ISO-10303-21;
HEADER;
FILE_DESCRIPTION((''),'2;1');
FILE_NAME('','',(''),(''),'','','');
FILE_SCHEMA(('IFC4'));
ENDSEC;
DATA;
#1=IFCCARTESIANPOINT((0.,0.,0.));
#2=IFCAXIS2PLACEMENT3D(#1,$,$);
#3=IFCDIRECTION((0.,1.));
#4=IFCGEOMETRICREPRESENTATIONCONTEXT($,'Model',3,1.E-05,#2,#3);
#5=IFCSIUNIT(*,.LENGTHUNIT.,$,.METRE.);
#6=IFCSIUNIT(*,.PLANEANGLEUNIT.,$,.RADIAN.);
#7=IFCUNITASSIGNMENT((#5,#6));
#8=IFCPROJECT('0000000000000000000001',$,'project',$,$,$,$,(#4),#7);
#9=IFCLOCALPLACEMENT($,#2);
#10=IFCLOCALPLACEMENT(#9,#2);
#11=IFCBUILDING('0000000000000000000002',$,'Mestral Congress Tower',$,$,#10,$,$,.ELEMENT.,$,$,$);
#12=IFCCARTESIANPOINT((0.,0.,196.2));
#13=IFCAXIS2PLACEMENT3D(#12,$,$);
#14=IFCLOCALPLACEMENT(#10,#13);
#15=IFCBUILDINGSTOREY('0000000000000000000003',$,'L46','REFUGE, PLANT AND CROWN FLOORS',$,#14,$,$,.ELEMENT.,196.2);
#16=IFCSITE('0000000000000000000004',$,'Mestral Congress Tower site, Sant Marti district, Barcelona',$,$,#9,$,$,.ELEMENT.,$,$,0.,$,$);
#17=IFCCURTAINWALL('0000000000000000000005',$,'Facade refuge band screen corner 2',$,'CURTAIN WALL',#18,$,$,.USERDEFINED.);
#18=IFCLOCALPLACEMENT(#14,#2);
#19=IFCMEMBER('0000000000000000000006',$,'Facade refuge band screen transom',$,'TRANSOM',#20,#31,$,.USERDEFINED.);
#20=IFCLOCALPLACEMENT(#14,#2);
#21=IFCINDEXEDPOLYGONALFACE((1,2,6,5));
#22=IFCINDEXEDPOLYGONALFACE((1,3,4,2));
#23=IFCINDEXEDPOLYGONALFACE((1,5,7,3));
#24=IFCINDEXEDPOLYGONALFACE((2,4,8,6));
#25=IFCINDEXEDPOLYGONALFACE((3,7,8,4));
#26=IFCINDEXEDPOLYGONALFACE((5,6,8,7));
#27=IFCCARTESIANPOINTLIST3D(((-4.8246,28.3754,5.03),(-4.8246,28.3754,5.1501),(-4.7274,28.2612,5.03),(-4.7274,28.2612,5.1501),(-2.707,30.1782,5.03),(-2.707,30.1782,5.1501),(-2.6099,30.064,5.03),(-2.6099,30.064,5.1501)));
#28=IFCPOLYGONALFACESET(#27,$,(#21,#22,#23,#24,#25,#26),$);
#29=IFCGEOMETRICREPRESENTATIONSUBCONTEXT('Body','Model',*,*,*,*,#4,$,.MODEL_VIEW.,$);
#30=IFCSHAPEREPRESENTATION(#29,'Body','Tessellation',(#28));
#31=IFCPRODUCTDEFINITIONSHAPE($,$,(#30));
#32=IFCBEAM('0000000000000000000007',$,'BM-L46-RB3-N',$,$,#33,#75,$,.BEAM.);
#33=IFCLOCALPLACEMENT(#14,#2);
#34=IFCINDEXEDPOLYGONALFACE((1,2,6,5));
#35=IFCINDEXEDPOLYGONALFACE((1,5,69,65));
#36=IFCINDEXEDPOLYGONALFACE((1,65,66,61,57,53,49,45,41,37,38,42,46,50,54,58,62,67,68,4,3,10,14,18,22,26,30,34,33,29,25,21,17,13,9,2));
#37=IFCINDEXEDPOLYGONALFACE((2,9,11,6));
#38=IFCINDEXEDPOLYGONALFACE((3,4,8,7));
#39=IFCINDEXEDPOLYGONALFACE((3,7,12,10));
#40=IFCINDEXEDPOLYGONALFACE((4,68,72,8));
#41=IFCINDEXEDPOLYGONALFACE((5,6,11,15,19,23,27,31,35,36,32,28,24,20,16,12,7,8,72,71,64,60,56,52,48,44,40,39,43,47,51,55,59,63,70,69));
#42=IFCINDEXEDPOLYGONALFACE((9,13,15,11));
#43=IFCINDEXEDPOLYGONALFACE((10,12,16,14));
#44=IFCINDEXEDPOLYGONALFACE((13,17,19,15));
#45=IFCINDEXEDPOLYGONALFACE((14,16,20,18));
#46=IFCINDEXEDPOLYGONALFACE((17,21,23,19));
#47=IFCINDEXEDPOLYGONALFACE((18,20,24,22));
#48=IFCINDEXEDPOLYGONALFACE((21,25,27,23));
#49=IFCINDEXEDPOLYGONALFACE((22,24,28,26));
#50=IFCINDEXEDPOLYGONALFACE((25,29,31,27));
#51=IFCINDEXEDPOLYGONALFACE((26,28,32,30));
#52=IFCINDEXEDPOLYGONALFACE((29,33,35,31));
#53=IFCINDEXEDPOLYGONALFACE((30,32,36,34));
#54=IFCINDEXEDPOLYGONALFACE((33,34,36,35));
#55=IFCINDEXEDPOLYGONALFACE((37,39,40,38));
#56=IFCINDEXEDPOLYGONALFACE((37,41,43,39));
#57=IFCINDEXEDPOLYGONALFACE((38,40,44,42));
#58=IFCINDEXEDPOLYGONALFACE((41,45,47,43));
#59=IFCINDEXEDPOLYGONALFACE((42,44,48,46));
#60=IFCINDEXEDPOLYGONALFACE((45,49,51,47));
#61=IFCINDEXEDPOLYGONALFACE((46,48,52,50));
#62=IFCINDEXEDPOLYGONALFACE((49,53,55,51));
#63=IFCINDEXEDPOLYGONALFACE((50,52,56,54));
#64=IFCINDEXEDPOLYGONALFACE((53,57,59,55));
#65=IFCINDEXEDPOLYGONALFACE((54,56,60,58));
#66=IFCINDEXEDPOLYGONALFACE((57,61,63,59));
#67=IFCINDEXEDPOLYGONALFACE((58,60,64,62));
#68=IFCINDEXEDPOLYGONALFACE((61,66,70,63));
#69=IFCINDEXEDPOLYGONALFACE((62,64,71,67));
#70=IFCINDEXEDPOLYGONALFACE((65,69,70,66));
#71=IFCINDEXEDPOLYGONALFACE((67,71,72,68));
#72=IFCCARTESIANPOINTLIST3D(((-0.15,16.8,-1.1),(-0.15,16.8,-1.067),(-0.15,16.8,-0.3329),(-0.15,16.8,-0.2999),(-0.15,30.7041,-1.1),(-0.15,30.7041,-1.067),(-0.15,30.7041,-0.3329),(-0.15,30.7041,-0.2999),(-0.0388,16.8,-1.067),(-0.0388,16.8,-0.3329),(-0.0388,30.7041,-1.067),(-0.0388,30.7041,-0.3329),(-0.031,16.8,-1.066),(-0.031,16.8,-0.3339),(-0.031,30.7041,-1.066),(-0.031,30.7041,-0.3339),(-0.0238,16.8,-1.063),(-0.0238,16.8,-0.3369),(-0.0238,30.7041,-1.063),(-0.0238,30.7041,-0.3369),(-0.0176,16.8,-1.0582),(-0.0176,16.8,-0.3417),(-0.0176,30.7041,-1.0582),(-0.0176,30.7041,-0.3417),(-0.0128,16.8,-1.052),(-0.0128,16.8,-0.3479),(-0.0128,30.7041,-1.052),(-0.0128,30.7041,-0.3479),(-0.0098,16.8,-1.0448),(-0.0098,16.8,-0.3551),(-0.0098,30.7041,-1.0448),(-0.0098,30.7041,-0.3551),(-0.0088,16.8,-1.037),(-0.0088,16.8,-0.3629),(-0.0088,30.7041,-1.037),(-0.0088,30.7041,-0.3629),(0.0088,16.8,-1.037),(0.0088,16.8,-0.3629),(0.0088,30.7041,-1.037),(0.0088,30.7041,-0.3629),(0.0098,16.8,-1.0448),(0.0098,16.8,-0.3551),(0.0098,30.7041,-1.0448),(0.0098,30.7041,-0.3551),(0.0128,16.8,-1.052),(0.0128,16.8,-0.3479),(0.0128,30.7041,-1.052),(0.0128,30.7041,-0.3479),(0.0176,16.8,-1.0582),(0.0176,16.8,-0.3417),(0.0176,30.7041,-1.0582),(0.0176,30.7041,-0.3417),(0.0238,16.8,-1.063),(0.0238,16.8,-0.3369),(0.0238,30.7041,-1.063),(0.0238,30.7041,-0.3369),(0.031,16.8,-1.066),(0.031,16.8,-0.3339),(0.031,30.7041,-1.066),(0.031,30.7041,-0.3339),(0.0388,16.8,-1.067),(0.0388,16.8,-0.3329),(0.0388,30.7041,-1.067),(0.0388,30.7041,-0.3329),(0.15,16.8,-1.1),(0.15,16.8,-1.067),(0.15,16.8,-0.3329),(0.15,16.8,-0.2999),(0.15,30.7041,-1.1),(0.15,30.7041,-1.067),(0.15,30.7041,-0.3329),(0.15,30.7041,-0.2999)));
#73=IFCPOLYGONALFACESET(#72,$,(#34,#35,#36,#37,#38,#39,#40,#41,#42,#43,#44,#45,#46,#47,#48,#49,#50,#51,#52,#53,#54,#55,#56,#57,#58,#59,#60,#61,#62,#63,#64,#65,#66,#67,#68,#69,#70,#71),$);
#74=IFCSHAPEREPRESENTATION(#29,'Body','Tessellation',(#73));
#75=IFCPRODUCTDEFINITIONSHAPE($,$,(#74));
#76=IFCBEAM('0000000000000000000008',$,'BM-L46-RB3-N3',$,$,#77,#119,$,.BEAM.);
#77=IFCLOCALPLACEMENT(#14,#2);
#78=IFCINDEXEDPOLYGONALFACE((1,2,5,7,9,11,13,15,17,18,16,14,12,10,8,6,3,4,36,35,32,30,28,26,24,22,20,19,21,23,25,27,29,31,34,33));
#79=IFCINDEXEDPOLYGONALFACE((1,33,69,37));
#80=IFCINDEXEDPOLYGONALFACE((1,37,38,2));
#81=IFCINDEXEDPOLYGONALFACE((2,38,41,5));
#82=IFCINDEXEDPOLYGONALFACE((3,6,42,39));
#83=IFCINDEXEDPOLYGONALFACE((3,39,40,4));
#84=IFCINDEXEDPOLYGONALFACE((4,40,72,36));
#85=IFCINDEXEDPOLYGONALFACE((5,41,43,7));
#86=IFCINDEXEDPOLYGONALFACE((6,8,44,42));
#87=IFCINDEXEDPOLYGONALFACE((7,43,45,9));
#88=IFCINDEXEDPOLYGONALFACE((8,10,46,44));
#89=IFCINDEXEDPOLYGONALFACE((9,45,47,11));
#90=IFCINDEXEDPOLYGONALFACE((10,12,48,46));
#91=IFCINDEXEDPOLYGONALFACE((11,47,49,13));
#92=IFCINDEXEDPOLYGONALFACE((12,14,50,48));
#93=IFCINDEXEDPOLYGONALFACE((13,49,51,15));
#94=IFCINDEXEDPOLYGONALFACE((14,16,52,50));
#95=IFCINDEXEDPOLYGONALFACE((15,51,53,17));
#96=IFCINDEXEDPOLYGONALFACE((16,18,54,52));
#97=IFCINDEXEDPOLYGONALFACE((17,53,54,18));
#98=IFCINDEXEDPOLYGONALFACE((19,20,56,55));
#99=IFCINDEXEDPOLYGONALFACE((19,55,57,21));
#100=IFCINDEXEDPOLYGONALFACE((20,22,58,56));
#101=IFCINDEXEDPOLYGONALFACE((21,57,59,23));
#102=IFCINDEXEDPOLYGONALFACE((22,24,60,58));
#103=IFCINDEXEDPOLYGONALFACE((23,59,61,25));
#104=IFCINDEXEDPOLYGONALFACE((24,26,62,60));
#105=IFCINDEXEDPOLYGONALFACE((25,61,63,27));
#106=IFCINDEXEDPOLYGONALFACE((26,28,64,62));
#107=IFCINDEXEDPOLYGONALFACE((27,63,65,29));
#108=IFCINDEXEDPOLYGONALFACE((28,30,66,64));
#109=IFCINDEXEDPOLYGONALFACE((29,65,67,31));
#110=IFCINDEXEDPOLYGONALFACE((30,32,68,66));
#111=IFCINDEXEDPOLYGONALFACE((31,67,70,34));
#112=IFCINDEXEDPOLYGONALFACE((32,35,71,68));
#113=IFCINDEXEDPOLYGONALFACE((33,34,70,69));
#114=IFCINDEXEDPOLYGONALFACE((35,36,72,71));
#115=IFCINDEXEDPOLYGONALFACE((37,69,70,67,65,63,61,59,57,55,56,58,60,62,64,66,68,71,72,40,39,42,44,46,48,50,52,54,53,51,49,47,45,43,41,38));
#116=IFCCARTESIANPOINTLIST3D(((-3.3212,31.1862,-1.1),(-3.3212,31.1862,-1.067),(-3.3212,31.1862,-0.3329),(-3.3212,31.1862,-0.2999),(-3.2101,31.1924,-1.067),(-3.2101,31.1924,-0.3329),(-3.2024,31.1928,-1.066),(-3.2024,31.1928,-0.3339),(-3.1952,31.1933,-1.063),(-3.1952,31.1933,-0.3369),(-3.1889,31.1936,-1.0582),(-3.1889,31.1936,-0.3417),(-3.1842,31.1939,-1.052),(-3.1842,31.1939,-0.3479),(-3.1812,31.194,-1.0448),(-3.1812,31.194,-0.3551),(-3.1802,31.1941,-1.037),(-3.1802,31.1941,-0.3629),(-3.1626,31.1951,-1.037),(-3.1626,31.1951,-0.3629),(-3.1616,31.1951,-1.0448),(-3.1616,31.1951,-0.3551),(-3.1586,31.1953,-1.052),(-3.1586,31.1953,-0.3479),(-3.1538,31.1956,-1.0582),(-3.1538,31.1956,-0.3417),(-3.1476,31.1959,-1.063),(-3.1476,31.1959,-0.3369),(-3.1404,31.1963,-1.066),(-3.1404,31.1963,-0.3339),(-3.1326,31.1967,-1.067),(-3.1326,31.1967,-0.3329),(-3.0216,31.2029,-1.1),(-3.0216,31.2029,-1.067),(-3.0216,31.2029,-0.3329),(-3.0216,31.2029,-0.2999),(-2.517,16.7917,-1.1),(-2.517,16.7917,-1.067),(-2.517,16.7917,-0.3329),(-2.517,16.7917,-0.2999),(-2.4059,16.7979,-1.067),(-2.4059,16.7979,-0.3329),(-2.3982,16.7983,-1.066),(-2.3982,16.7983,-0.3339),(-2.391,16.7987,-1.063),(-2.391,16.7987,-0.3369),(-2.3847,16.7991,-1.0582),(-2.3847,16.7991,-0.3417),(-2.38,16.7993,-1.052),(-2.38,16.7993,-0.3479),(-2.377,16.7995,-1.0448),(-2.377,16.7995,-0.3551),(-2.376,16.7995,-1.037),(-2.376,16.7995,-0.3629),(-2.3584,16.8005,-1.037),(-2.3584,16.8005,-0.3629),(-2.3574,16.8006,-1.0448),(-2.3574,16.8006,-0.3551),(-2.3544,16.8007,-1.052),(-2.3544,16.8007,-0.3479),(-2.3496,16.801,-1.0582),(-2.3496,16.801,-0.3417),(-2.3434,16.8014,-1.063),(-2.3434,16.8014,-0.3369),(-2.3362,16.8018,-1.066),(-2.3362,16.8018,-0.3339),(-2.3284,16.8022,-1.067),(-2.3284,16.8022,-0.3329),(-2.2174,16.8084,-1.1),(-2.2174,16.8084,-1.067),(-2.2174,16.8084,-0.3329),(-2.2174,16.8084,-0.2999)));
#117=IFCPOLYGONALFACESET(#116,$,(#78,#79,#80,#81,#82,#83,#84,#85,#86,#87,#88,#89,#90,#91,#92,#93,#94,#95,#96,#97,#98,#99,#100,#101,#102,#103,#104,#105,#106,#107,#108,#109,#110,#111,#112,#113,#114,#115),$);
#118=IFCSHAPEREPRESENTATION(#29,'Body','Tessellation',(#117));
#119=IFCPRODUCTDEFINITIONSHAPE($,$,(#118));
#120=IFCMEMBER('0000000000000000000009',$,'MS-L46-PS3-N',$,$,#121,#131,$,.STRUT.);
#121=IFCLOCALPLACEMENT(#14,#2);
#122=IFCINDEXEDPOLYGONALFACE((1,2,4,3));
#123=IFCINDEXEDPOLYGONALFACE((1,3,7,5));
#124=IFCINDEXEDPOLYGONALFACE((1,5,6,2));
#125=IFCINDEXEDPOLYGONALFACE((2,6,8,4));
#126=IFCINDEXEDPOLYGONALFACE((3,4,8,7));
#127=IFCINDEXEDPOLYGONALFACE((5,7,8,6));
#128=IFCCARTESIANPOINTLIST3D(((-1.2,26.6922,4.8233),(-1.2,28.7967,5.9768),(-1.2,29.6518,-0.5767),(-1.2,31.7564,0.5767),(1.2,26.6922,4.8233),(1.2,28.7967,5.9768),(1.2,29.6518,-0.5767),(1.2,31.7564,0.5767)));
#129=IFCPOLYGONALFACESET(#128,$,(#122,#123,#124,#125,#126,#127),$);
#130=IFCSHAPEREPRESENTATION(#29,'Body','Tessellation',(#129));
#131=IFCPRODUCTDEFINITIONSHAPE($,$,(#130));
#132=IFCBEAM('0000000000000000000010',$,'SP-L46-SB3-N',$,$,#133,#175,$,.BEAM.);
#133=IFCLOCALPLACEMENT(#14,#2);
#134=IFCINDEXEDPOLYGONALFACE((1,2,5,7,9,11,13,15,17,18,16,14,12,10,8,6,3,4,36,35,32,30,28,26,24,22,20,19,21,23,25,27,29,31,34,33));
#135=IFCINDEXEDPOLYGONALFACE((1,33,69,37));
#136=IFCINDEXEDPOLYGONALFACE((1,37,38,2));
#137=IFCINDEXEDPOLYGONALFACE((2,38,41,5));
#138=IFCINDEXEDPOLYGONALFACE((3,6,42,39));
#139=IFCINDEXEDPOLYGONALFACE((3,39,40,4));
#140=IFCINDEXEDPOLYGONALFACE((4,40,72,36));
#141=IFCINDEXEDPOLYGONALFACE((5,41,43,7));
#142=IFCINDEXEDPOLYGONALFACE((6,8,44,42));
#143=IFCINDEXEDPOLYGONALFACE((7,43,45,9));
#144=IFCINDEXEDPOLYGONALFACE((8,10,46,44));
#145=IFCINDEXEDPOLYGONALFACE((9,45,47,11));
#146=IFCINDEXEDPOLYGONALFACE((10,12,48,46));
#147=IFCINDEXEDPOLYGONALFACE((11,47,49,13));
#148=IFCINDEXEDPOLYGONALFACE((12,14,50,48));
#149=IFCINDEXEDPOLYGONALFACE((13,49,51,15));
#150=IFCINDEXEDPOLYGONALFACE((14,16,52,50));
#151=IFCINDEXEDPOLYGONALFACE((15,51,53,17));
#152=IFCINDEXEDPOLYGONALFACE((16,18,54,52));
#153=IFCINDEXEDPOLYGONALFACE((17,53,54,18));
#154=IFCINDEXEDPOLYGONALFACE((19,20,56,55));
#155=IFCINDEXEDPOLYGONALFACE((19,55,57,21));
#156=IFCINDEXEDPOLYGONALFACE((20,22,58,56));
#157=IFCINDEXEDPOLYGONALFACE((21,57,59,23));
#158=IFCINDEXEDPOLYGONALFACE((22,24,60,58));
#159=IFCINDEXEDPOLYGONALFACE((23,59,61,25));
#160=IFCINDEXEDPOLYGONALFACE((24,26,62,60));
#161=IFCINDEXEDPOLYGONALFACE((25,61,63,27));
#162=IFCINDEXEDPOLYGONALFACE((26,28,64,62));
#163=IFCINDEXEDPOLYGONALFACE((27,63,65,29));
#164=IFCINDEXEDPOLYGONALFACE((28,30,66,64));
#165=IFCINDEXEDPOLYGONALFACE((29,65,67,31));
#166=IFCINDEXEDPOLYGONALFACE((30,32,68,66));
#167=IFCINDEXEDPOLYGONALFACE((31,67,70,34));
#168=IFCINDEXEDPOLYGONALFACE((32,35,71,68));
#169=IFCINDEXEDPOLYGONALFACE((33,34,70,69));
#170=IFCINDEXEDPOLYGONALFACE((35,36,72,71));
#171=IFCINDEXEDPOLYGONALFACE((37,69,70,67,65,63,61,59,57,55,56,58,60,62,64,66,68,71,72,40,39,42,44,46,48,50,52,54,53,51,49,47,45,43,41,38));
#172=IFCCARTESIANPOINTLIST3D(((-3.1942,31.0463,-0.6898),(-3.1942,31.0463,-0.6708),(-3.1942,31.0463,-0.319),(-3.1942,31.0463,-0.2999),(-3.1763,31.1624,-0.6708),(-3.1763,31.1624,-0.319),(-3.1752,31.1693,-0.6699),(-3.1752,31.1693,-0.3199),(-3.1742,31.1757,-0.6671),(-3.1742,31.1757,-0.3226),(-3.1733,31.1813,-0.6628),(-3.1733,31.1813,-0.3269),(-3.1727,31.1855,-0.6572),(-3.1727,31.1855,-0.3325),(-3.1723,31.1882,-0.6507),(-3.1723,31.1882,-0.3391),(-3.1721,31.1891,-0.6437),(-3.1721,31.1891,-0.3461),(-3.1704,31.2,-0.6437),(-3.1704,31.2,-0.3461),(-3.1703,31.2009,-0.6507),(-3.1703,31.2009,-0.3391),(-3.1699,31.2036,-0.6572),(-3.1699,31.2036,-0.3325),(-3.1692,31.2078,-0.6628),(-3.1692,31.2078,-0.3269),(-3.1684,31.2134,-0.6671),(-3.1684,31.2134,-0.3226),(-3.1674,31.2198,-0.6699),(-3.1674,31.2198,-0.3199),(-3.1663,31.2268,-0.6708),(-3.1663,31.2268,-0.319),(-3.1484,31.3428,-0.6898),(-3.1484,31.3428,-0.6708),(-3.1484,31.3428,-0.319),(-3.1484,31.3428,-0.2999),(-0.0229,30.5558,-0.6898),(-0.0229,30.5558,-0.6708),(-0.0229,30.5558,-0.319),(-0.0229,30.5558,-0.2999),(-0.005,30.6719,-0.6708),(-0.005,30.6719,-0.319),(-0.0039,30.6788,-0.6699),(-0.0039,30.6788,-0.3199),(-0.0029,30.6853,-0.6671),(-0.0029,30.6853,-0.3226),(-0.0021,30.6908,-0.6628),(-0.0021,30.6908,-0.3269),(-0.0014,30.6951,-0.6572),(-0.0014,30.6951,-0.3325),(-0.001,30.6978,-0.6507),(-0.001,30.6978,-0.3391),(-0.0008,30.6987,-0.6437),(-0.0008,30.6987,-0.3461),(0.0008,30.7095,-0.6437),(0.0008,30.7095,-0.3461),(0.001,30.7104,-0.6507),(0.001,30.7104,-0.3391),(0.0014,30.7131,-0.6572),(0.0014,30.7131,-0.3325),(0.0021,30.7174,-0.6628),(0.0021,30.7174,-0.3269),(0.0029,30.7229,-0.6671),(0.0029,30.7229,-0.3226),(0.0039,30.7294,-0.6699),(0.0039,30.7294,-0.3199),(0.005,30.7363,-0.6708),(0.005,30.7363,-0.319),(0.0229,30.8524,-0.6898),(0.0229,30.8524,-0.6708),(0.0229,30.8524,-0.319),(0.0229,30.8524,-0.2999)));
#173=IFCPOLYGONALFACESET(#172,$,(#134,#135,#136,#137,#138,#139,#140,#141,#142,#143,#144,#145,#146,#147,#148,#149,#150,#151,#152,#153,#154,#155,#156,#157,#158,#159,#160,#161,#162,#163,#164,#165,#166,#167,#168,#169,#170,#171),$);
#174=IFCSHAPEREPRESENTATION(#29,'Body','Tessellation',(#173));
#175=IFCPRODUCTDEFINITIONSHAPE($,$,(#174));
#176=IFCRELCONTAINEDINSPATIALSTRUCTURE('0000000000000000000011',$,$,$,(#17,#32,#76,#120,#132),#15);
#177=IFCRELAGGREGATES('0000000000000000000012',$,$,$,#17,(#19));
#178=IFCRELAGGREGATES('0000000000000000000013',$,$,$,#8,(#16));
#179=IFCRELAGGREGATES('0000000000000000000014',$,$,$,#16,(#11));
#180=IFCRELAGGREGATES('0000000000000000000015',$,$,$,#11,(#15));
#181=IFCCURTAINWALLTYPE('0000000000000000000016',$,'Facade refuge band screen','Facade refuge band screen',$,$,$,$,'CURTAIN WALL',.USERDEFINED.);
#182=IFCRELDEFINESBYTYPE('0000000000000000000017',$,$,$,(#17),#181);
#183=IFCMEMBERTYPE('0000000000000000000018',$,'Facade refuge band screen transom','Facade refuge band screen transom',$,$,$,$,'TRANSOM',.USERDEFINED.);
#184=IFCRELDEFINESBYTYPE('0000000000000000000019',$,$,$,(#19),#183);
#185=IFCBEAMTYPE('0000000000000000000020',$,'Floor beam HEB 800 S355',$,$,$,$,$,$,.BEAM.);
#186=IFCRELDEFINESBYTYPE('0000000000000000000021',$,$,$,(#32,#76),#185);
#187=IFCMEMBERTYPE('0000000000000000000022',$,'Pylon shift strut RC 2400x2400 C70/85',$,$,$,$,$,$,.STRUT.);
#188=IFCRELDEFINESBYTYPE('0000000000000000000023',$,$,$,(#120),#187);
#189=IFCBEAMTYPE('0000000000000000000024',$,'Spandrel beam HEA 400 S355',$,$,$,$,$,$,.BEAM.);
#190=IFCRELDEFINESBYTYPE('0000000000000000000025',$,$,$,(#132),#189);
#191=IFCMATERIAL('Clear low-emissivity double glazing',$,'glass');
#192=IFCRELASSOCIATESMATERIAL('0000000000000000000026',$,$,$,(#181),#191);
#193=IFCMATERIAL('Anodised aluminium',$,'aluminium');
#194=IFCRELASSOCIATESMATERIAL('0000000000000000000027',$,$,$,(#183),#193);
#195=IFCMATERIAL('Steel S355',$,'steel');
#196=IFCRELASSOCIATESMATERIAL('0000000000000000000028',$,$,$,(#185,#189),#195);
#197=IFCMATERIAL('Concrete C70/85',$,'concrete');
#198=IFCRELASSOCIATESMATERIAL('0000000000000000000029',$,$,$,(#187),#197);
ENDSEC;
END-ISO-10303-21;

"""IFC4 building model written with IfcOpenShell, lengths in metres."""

from ifc_helpers import new_model, si_unit, direction, frame, origin, origin_2d, place, context, subcontext, project, spatial, rectangle, i_section, extrude, material, material_profile, profile_set, type_object, element, aggregate, save


model = new_model("IFC4")

# Units and contexts
model_context = context("Model", 3, precision=1e-05, world=origin(), true_north=direction((0.0, 1.0)))
body_context = subcontext(model_context, "Body", "Model", "MODEL_VIEW")
ifc_project = project(units=[si_unit("LENGTHUNIT", "METRE"), si_unit("PLANEANGLEUNIT", "RADIAN")], contexts=[model_context])

# Site, building, storey
site_placement = place(None, origin())
site = spatial("IfcSite", under=ifc_project, at=site_placement, Name="Mestral Congress Tower site, Sant Marti district, Barcelona", CompositionType="ELEMENT", RefElevation=0.0)
building_placement = place(site_placement, origin())
building = spatial("IfcBuilding", under=site, at=building_placement, Name="Mestral Congress Tower", CompositionType="ELEMENT")
storey_placement = place(building_placement, frame((0.0, 0.0, 196.2)))
storey = spatial("IfcBuildingStorey", under=building, at=storey_placement, Name="L46", Description="REFUGE, PLANT AND CROWN FLOORS", CompositionType="ELEMENT", Elevation=196.2)

# Shared definitions
ifc_material_1 = material(Name="Steel S355", Category="steel")

# Curtain wall, member
ifc_material_2 = material(Name="Clear low-emissivity double glazing", Category="glass")
curtain_wall_type = type_object("IfcCurtainWallType", Name="Facade refuge band screen", Description="Facade refuge band screen", ElementType="CURTAIN WALL", PredefinedType="USERDEFINED", material=ifc_material_2)
curtain_wall_placement = place(storey_placement, origin())
curtain_wall = element("IfcCurtainWall", 1, at=curtain_wall_placement, inside=storey, type_object=curtain_wall_type, Name="Facade refuge band screen corner 2", ObjectType="CURTAIN WALL", PredefinedType="USERDEFINED")
ifc_material_3 = material(Name="Anodised aluminium", Category="aluminium")
ifc_material_profile_1 = material_profile(ifc_material_3, rectangle(XDim=0.1499, YDim=0.1201, at=origin_2d()), Name="CW3 transom 150 x 120")
ifc_profile_set_1 = profile_set([ifc_material_profile_1], Name="Anodised aluminium")
member_type_1 = type_object("IfcMemberType", Name="Facade refuge band screen transom", Description="Facade refuge band screen transom", ElementType="TRANSOM", PredefinedType="USERDEFINED", material=ifc_profile_set_1)
member_1_placement = place(storey_placement, frame((-2.6584, 30.1211, 5.0901), z_axis=(-0.761421, -0.648257, 0.0), x_axis=(0.648257, -0.761421, 0.0)))
member_1 = element("IfcMember", 2, at=member_1_placement, type_object=member_type_1, Name="Facade refuge band screen transom", ObjectType="TRANSOM", PredefinedType="USERDEFINED", context=body_context, shape_type="SweptSolid", body=[
    extrude(rectangle(XDim=0.1499, YDim=0.1201, at=origin_2d()), origin(), (0.0, 0.0, 1.0), 2.781),
])

# Beams
ifc_material_profile_2 = material_profile(ifc_material_1, i_section(OverallWidth=0.3, OverallDepth=0.8, WebThickness=0.0176, FlangeThickness=0.033, FilletRadius=0.03, at=origin_2d()), Name="HEB 800")
ifc_profile_set_2 = profile_set([ifc_material_profile_2], Name="Steel S355")
beam_type_1 = type_object("IfcBeamType", Name="Floor beam HEB 800 S355", PredefinedType="BEAM", material=ifc_profile_set_2)
beam_1_placement = place(storey_placement, frame((0.0, 30.7041, -0.7), z_axis=(0.0, -1.0, 0.0), x_axis=(1.0, 0.0, 0.0)))
element("IfcBeam", 3, at=beam_1_placement, inside=storey, type_object=beam_type_1, Name="BM-L46-RB3-N", PredefinedType="BEAM", context=body_context, shape_type="SweptSolid", body=[
    extrude(i_section(OverallWidth=0.3, OverallDepth=0.8, WebThickness=0.0176, FlangeThickness=0.033, FilletRadius=0.03, at=origin_2d()), origin(), (0.0, 0.0, 1.0), 13.9041),
])
beam_2_placement = place(storey_placement, frame((-3.1714, 31.1946, -0.7), z_axis=(0.055781, -0.998443, 0.0), x_axis=(0.998443, 0.055781, 0.0)))
element("IfcBeam", 4, at=beam_2_placement, inside=storey, type_object=beam_type_1, Name="BM-L46-RB3-N3", PredefinedType="BEAM", context=body_context, shape_type="SweptSolid", body=[
    extrude(i_section(OverallWidth=0.3, OverallDepth=0.8, WebThickness=0.0176, FlangeThickness=0.033, FilletRadius=0.03, at=origin_2d()), origin(), (0.0, 0.0, 1.0), 14.417),
])

# Member
ifc_material_4 = material(Name="Concrete C70/85", Category="concrete")
ifc_material_profile_3 = material_profile(ifc_material_4, rectangle(XDim=2.3999, YDim=2.3999, at=origin_2d()), Name="RC 2400x2400")
ifc_profile_set_3 = profile_set([ifc_material_profile_3], Name="Concrete C70/85")
member_type_2 = type_object("IfcMemberType", Name="Pylon shift strut RC 2400x2400 C70/85", PredefinedType="STRUT", material=ifc_profile_set_3)
member_2_placement = place(storey_placement, frame((0.0, 30.7041, 0.0), z_axis=(0.0, -0.480626, 0.876926), x_axis=(1.0, 0.0, 0.0)))
element("IfcMember", 5, at=member_2_placement, inside=storey, type_object=member_type_2, Name="MS-L46-PS3-N", PredefinedType="STRUT", context=body_context, shape_type="SweptSolid", body=[
    extrude(rectangle(XDim=2.3999, YDim=2.3999, at=origin_2d()), origin(), (0.0, 0.0, 1.0), 6.158),
])

# Beam
ifc_material_profile_4 = material_profile(ifc_material_1, i_section(OverallWidth=0.3, OverallDepth=0.3899, WebThickness=0.011, FlangeThickness=0.019, FilletRadius=0.0271, at=origin_2d()), Name="HEA 400")
ifc_profile_set_4 = profile_set([ifc_material_profile_4], Name="Steel S355")
beam_type_2 = type_object("IfcBeamType", Name="Spandrel beam HEA 400 S355", PredefinedType="BEAM", material=ifc_profile_set_4)
beam_3_placement = place(storey_placement, frame((0.0, 30.7041, -0.4949), z_axis=(-0.988251, 0.15284, 0.0), x_axis=(-0.15284, -0.988251, 0.0)))
element("IfcBeam", 6, at=beam_3_placement, inside=storey, type_object=beam_type_2, Name="SP-L46-SB3-N", PredefinedType="BEAM", context=body_context, shape_type="SweptSolid", body=[
    extrude(i_section(OverallWidth=0.3, OverallDepth=0.3899, WebThickness=0.011, FlangeThickness=0.019, FilletRadius=0.0271, at=origin_2d()), origin(), (0.0, 0.0, 1.0), 3.209),
])

aggregate(curtain_wall, [member_1])

save(model, "model.ifc")
